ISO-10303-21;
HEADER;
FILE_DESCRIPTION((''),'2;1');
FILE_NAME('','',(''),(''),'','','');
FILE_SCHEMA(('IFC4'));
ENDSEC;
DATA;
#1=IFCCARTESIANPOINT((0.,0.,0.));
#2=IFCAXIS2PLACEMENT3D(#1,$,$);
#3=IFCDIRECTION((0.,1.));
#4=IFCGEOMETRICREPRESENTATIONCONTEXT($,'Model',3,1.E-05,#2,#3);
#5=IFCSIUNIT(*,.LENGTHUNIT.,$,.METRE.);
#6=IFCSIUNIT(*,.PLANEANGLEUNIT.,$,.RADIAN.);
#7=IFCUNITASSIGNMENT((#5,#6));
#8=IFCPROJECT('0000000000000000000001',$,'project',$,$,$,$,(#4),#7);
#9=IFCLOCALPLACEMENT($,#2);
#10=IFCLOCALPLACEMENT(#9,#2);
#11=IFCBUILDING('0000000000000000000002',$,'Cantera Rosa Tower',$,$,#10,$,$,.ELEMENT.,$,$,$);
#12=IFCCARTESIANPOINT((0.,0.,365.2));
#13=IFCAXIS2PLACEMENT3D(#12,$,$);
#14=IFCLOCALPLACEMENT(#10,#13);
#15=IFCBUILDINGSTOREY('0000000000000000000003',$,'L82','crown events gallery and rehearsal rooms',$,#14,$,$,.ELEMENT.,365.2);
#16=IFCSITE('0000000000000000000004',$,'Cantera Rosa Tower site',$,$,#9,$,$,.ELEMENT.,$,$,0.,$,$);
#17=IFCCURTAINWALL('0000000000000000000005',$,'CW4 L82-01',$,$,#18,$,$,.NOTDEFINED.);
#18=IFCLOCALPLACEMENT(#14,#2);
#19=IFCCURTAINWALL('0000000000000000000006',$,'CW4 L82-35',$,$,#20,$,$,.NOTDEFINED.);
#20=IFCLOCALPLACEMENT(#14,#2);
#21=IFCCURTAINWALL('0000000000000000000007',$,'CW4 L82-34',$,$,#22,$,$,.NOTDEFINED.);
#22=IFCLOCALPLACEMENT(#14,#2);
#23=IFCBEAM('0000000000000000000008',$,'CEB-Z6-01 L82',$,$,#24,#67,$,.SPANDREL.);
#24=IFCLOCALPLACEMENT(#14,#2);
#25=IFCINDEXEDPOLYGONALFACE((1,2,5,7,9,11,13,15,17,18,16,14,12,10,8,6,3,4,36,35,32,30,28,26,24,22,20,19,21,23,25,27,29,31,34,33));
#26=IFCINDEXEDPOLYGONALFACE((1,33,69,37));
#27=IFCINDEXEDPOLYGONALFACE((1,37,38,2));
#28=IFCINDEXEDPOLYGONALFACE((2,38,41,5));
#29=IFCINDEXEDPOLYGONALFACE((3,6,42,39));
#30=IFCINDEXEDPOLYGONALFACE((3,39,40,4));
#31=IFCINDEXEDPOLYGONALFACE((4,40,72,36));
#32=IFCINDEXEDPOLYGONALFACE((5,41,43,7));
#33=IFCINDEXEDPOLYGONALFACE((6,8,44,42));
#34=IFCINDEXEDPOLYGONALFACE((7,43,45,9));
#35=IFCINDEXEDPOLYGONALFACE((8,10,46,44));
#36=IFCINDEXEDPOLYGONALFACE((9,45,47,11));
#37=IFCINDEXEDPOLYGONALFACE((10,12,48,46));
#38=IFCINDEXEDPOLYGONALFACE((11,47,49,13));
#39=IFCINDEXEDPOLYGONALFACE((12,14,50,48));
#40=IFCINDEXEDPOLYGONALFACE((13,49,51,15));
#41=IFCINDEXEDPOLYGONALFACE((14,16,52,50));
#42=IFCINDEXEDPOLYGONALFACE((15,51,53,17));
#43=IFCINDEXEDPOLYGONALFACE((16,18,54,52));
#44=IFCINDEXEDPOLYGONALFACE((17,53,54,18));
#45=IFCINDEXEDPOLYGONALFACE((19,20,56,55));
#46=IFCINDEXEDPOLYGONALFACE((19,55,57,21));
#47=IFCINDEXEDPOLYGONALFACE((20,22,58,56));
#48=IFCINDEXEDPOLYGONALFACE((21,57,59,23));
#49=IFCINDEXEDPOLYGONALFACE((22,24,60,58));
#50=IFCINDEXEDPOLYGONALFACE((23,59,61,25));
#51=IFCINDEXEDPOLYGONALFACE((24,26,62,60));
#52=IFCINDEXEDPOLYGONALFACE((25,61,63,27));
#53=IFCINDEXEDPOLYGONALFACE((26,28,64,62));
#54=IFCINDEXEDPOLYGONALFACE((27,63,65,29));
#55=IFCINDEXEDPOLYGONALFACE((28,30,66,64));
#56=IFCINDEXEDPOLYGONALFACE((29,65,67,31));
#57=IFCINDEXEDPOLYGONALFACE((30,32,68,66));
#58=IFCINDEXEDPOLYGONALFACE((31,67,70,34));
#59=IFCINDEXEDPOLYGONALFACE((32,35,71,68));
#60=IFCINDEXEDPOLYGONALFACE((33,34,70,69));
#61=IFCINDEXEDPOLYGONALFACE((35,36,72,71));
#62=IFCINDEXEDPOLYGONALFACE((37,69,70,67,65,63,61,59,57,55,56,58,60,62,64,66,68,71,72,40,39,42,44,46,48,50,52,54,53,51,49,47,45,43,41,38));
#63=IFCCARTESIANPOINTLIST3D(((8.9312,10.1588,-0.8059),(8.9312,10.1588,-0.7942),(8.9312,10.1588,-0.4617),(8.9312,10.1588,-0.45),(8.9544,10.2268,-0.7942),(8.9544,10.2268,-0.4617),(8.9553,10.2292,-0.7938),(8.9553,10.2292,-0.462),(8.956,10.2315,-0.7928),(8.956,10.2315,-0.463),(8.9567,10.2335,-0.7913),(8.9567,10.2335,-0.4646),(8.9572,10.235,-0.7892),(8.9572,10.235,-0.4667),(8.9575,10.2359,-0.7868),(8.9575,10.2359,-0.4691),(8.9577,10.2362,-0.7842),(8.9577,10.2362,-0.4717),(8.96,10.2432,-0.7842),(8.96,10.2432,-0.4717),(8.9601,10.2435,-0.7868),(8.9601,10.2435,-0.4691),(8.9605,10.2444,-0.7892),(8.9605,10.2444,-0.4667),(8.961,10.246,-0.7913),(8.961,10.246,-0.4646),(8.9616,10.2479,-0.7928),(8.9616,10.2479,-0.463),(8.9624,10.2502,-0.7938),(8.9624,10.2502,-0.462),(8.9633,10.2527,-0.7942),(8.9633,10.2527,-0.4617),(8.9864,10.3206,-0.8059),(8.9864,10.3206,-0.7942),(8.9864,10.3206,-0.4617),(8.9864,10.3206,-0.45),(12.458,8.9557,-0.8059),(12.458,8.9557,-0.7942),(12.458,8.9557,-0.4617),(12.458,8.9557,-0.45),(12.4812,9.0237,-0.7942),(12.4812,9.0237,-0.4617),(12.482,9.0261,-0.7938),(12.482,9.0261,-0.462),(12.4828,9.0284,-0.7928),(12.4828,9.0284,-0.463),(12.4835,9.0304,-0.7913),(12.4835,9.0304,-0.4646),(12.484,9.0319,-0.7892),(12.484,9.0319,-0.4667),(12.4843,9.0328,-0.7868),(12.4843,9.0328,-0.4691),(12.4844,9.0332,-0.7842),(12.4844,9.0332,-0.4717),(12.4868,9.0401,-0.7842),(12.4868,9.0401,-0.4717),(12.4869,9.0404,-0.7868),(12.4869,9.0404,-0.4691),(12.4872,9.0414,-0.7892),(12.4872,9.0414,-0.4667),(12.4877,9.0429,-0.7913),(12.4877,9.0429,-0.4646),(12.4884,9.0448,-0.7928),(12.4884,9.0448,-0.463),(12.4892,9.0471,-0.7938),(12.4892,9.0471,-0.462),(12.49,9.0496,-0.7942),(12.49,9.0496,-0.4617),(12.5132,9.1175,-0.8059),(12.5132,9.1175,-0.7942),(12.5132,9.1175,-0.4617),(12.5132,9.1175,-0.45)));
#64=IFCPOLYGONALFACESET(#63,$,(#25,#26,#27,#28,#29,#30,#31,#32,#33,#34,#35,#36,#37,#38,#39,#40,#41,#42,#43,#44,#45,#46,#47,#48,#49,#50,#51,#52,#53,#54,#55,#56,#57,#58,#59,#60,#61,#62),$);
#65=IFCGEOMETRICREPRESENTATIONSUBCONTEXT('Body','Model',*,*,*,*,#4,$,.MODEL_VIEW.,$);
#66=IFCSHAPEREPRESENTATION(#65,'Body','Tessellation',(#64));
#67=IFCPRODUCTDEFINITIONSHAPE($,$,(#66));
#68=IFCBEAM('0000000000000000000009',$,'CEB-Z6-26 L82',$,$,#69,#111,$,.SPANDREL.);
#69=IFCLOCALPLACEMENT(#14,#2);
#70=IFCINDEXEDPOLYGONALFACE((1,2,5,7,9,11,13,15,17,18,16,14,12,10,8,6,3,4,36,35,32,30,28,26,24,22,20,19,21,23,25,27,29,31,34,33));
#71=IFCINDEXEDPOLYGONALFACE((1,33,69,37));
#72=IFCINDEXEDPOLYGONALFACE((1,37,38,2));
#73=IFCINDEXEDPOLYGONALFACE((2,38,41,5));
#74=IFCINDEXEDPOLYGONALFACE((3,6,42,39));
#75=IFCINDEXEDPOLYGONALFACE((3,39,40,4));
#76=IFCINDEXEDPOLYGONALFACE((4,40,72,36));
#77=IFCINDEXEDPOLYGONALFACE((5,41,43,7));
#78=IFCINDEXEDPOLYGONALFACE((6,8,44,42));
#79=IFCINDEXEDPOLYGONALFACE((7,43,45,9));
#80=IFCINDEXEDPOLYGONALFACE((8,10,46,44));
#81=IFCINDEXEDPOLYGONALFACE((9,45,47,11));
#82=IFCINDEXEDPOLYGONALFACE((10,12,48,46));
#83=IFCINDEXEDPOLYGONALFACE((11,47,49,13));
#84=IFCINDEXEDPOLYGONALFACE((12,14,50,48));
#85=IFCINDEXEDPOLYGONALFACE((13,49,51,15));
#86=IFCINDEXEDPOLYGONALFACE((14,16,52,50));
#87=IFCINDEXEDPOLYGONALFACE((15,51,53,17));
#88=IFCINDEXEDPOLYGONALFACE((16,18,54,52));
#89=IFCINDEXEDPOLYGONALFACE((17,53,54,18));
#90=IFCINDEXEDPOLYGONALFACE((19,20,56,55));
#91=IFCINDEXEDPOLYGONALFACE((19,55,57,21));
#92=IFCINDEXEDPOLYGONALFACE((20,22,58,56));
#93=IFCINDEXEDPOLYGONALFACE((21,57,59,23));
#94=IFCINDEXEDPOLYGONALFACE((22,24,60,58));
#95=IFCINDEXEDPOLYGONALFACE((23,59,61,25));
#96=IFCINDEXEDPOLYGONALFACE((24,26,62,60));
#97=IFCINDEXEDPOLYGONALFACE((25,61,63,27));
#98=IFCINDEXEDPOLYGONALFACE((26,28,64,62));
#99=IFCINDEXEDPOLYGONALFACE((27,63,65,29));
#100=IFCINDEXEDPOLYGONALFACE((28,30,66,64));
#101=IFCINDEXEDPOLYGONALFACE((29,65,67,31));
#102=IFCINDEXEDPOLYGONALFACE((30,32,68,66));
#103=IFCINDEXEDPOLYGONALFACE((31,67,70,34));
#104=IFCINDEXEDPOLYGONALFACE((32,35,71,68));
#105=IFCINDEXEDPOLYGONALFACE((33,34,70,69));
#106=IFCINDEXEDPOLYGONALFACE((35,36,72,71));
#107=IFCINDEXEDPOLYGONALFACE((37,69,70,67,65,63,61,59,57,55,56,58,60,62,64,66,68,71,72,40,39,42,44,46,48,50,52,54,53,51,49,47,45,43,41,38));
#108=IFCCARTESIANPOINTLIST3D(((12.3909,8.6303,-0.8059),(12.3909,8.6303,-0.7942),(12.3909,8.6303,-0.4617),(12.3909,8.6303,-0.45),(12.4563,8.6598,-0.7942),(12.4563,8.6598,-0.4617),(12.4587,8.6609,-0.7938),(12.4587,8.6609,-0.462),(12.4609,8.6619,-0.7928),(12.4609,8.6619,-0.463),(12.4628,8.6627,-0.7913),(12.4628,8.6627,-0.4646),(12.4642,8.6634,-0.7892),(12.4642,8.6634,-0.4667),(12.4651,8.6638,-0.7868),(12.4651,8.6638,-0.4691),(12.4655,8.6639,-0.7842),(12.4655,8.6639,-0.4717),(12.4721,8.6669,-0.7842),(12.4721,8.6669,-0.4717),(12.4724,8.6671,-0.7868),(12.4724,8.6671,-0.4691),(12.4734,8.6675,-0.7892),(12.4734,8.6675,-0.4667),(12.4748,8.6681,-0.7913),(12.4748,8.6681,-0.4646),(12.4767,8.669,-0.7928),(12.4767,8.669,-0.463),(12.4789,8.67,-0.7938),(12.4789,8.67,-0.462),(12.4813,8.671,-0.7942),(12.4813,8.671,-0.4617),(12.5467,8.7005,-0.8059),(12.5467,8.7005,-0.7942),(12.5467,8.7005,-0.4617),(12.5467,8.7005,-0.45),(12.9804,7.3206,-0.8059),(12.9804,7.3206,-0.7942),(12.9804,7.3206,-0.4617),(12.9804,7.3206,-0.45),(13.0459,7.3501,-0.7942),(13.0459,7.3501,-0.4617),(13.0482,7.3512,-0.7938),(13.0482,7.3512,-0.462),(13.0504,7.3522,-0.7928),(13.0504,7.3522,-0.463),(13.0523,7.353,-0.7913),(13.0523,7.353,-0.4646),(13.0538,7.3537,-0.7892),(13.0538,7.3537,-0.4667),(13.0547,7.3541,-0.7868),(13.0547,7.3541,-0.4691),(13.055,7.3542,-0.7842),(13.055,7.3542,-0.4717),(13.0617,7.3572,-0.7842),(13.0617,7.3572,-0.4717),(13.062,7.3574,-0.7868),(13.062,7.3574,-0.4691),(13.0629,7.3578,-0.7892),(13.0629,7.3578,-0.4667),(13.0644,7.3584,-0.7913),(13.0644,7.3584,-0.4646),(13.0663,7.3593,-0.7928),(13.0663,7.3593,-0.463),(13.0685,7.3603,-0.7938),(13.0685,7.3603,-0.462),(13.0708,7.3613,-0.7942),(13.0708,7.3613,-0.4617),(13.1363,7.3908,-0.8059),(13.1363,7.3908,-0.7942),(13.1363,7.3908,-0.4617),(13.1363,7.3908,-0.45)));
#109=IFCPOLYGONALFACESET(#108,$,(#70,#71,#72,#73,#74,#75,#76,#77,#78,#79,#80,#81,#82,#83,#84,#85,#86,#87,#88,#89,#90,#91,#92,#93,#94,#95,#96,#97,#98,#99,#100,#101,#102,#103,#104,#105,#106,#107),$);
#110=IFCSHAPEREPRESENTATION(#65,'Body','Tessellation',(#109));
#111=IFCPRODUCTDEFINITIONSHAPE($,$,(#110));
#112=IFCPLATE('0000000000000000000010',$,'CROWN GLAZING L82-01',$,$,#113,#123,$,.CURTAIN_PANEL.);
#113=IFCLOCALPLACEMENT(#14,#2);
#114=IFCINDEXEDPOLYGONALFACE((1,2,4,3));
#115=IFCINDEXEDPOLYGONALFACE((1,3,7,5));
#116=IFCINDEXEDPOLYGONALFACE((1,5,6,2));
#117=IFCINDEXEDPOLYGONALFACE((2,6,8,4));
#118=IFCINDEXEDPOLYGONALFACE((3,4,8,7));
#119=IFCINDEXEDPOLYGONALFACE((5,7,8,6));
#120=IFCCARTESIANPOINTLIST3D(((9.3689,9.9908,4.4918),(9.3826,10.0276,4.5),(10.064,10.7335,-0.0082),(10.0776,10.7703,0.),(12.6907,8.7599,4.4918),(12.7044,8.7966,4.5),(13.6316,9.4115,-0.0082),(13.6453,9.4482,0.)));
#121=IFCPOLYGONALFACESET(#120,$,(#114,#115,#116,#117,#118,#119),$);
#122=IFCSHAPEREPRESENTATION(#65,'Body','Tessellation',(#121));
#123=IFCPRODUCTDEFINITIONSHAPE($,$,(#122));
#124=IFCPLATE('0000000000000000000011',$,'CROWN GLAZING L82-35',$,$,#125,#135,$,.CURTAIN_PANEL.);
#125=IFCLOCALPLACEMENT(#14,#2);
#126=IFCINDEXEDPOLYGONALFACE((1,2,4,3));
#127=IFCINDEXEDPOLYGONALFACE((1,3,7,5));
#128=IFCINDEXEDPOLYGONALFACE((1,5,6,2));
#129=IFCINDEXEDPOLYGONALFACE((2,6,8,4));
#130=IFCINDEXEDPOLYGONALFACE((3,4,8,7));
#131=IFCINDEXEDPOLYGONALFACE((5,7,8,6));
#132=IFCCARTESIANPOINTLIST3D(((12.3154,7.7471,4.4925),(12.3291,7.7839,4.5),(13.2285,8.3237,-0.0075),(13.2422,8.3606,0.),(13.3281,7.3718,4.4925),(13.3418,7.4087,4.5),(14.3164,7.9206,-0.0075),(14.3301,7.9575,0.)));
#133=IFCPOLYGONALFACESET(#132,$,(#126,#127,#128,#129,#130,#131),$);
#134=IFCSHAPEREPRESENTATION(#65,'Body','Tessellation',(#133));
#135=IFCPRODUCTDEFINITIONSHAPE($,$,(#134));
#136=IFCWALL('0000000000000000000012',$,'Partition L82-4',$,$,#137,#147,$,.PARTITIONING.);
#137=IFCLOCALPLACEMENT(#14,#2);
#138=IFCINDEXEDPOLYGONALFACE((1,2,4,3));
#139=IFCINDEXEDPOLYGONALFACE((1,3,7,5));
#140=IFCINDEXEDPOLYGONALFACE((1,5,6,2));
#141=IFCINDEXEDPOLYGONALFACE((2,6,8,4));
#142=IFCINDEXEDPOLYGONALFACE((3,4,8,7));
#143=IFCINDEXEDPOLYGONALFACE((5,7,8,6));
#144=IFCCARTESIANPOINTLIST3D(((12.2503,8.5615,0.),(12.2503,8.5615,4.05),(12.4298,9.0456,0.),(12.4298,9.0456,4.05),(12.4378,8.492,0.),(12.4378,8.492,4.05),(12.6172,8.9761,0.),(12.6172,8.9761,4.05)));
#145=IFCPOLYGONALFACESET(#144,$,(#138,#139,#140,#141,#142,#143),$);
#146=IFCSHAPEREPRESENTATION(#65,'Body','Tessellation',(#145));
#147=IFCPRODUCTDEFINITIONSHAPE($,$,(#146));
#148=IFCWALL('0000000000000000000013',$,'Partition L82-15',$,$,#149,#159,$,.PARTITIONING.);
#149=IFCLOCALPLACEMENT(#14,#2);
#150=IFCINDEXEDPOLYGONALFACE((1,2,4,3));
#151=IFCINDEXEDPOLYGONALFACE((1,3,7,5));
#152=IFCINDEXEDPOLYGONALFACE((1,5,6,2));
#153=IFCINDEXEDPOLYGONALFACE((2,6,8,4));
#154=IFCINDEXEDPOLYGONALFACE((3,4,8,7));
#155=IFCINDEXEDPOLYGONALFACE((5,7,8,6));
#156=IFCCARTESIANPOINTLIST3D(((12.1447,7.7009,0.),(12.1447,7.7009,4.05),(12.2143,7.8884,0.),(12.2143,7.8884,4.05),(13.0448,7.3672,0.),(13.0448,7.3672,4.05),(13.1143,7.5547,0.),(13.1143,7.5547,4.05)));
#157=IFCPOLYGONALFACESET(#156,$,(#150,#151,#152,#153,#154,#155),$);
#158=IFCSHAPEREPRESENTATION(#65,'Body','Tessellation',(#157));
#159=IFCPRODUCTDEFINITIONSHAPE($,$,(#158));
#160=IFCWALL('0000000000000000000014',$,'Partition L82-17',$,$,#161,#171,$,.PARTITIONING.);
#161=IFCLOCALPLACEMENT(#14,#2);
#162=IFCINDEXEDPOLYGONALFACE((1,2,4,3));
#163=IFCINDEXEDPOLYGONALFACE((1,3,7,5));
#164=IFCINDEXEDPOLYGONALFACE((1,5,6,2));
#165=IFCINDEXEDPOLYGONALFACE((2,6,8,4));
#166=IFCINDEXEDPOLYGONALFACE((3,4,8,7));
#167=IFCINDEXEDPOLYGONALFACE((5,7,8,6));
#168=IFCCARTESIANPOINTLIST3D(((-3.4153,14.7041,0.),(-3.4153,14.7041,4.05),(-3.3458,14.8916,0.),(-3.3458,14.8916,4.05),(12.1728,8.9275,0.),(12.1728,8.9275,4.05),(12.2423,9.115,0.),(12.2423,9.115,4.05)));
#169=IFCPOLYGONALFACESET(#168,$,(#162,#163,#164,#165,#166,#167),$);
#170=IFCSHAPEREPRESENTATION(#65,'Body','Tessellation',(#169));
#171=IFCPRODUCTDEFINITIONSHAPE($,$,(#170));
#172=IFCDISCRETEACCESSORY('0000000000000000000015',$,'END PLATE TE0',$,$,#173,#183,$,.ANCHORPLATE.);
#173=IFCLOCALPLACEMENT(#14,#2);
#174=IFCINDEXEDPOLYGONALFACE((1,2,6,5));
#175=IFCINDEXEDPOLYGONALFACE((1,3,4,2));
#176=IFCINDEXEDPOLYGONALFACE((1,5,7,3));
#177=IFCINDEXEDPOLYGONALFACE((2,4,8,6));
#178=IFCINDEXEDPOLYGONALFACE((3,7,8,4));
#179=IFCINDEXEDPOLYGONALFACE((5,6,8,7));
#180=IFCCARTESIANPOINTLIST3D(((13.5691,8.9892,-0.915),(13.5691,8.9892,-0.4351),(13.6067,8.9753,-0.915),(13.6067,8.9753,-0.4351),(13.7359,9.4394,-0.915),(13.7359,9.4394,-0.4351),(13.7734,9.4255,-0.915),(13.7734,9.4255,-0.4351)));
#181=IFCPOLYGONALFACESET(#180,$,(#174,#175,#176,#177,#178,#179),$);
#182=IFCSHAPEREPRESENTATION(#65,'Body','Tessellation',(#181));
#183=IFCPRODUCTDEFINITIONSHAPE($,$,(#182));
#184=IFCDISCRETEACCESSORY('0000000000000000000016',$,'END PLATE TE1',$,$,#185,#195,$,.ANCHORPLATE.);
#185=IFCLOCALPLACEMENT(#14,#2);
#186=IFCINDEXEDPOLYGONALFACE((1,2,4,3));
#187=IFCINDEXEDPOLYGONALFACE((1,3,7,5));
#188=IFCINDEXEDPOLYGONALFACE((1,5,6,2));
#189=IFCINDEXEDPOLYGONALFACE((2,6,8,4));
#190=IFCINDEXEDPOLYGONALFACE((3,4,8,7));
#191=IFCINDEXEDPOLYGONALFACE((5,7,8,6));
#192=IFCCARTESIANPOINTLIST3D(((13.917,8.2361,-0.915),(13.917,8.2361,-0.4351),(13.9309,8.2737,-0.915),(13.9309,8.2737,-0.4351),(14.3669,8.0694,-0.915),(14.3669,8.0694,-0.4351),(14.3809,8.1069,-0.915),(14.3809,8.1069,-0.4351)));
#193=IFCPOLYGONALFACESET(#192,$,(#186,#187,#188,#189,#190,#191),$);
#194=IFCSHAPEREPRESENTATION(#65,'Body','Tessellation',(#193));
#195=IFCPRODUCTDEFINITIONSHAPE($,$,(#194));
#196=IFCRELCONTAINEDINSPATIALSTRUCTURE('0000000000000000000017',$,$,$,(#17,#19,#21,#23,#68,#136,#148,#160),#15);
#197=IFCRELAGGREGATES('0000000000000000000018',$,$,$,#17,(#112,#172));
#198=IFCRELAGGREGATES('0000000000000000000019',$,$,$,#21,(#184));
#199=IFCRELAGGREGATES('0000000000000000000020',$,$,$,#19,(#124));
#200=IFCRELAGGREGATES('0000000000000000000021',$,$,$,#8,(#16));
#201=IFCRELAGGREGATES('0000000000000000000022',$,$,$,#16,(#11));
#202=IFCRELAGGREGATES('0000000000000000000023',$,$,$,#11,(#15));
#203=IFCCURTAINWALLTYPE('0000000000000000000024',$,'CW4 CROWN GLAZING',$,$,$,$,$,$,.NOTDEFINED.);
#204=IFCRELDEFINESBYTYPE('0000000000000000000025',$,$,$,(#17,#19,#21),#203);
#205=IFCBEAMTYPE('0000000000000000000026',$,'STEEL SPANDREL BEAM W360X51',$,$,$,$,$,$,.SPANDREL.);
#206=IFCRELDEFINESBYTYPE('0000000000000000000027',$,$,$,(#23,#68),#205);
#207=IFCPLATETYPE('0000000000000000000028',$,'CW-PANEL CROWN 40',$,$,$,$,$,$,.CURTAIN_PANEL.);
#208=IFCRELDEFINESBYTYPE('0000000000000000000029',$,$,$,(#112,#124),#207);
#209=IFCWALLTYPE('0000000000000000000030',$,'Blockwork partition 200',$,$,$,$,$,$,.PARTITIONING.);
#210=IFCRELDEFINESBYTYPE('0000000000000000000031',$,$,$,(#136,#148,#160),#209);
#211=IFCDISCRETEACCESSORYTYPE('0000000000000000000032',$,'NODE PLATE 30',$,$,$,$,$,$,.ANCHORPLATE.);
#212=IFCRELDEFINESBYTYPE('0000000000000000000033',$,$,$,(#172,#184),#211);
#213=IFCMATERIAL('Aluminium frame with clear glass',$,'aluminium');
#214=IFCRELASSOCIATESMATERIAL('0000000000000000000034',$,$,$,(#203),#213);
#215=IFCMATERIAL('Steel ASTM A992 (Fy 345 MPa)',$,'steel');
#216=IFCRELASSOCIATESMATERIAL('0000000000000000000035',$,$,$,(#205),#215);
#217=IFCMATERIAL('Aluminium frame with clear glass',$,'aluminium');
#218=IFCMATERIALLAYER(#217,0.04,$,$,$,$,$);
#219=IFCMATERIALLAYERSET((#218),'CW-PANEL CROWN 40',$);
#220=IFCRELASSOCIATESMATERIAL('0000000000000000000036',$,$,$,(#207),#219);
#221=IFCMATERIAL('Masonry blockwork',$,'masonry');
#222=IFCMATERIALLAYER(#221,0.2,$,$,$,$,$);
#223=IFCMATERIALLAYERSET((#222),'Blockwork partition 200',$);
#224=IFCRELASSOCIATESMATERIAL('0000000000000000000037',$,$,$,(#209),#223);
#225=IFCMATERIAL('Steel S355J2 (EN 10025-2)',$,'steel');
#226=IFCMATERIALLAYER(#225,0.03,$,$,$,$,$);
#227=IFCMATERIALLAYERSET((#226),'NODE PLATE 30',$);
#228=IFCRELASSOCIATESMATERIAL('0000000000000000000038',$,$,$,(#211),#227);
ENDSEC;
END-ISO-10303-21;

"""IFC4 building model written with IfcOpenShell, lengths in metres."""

from ifc_helpers import new_model, si_unit, direction, frame, frame_2d, origin, origin_2d, place, context, subcontext, project, spatial, polyline, rectangle, i_section, outline, extrude, material, layer, layer_set, material_profile, profile_set, type_object, element, aggregate, save


model = new_model("IFC4")

# Units and contexts
model_context = context("Model", 3, precision=1e-05, world=origin(), true_north=direction((0.0, 1.0)))
body_context = subcontext(model_context, "Body", "Model", "MODEL_VIEW")
ifc_project = project(units=[si_unit("LENGTHUNIT", "METRE"), si_unit("PLANEANGLEUNIT", "RADIAN")], contexts=[model_context])

# Site, building, storey
site_placement = place(None, origin())
site = spatial("IfcSite", under=ifc_project, at=site_placement, Name="Cantera Rosa Tower site", CompositionType="ELEMENT", RefElevation=0.0)
building_placement = place(site_placement, origin())
building = spatial("IfcBuilding", under=site, at=building_placement, Name="Cantera Rosa Tower", CompositionType="ELEMENT")
storey_placement = place(building_placement, frame((0.0, 0.0, 365.2)))
storey = spatial("IfcBuildingStorey", under=building, at=storey_placement, Name="L82", Description="crown events gallery and rehearsal rooms", CompositionType="ELEMENT", Elevation=365.2)

# Curtain walls
ifc_material_1 = material(Name="Aluminium frame with clear glass", Category="aluminium")
curtain_wall_type = type_object("IfcCurtainWallType", Name="CW4 CROWN GLAZING", PredefinedType="NOTDEFINED", material=ifc_material_1)
curtain_wall_1_placement = place(storey_placement, origin())
curtain_wall_1 = element("IfcCurtainWall", 1, at=curtain_wall_1_placement, inside=storey, type_object=curtain_wall_type, Name="CW4 L82-01", PredefinedType="NOTDEFINED")
curtain_wall_2_placement = place(storey_placement, origin())
curtain_wall_2 = element("IfcCurtainWall", 2, at=curtain_wall_2_placement, inside=storey, type_object=curtain_wall_type, Name="CW4 L82-35", PredefinedType="NOTDEFINED")

# Curtain wall
curtain_wall_3_placement = place(storey_placement, origin())
curtain_wall_3 = element("IfcCurtainWall", 3, at=curtain_wall_3_placement, inside=storey, type_object=curtain_wall_type, Name="CW4 L82-34", PredefinedType="NOTDEFINED")

# Beams
ifc_material_2 = material(Name="Steel ASTM A992 (Fy 345 MPa)", Category="steel")
ifc_material_profile_1 = material_profile(ifc_material_2, i_section(OverallWidth=0.1709, OverallDepth=0.356, WebThickness=0.0073, FlangeThickness=0.0117, FilletRadius=0.01, at=origin_2d()), Name="W360X51")
ifc_profile_set_1 = profile_set([ifc_material_profile_1], Name="Steel ASTM A992 (Fy 345 MPa)")
beam_type_1 = type_object("IfcBeamType", Name="STEEL SPANDREL BEAM W360X51", PredefinedType="SPANDREL", material=ifc_profile_set_1)
beam_1_placement = place(storey_placement, frame((12.4856, 9.0366, -0.6279), z_axis=(-0.946446, 0.322863, 0.0), x_axis=(-0.322863, -0.946446, 0.0)))
element("IfcBeam", 4, at=beam_1_placement, inside=storey, type_object=beam_type_1, Name="CEB-Z6-01 L82", PredefinedType="SPANDREL", context=body_context, shape_type="SweptSolid", body=[
    extrude(i_section(OverallWidth=0.1709, OverallDepth=0.356, WebThickness=0.0073, FlangeThickness=0.0117, FilletRadius=0.01, at=origin_2d()), origin(), (0.0, 0.0, 1.0), 3.7263),
])
beam_2_placement = place(storey_placement, frame((13.0583, 7.3557, -0.6279), z_axis=(-0.410471, 0.911874, 0.0), x_axis=(-0.911874, -0.410471, 0.0)))
element("IfcBeam", 5, at=beam_2_placement, inside=storey, type_object=beam_type_1, Name="CEB-Z6-26 L82", PredefinedType="SPANDREL", context=body_context, shape_type="SweptSolid", body=[
    extrude(i_section(OverallWidth=0.1709, OverallDepth=0.356, WebThickness=0.0073, FlangeThickness=0.0117, FilletRadius=0.01, at=origin_2d()), origin(), (0.0, 0.0, 1.0), 1.4363),
])

# Plates
ifc_material_3 = material(Name="Aluminium frame with clear glass", Category="aluminium")
ifc_layer_1 = layer(ifc_material_3, 0.04)
ifc_layer_set_1 = layer_set([ifc_layer_1], Name="CW-PANEL CROWN 40")
plate_type = type_object("IfcPlateType", Name="CW-PANEL CROWN 40", PredefinedType="CURTAIN_PANEL", material=ifc_layer_set_1)
plate_1_placement = place(storey_placement, frame((13.6453, 9.4482, 0.0), z_axis=(0.340165, 0.917961, 0.204045), x_axis=(-0.937689, 0.347475, 0.000001)))
plate_1 = element("IfcPlate", 6, at=plate_1_placement, type_object=plate_type, Name="CROWN GLAZING L82-01", PredefinedType="CURTAIN_PANEL", context=body_context, shape_type="SweptSolid", body=[
    extrude(outline(polyline([(0.0, 0.0), (3.8047, 0.0), (4.1984, 4.5967), (0.6559, 4.5967), (0.0, 0.0)])), origin(), (0.0, 0.0, -1.0), 0.04),
])
plate_2_placement = place(storey_placement, frame((14.3301, 7.9575, 0.0), z_axis=(0.341294, 0.921108, 0.187291), x_axis=(-0.937702, 0.347442, 0.000002)))
plate_2 = element("IfcPlate", 7, at=plate_2_placement, type_object=plate_type, Name="CROWN GLAZING L82-35", PredefinedType="CURTAIN_PANEL", context=body_context, shape_type="SweptSolid", body=[
    extrude(outline(polyline([(0.0, 0.0), (1.1602, 0.0), (1.816, 4.5811), (0.736, 4.5811), (0.0, 0.0)])), origin(), (0.0, 0.0, -1.0), 0.04),
])

# Walls
ifc_material_4 = material(Name="Masonry blockwork", Category="masonry")
ifc_layer_2 = layer(ifc_material_4, 0.2)
ifc_layer_set_2 = layer_set([ifc_layer_2], Name="Blockwork partition 200")
wall_type = type_object("IfcWallType", Name="Blockwork partition 200", PredefinedType="PARTITIONING", material=ifc_layer_set_2)
wall_1_placement = place(storey_placement, frame((12.344, 8.5266, 0.0), z_axis=(0.0, 0.0, 1.0), x_axis=(0.347545, 0.937663, 0.0)))
element("IfcWall", 8, at=wall_1_placement, inside=storey, type_object=wall_type, Name="Partition L82-4", PredefinedType="PARTITIONING", context=body_context, shape_type="SweptSolid", body=[
    extrude(rectangle(XDim=0.5164, YDim=0.2, at=frame_2d((0.2583, 0.0))), origin(), (0.0, 0.0, 1.0), 4.05),
])
wall_2_placement = place(storey_placement, frame((13.0796, 7.4609, 0.0), z_axis=(0.0, 0.0, 1.0), x_axis=(-0.937629, 0.347637, 0.0)))
element("IfcWall", 9, at=wall_2_placement, inside=storey, type_object=wall_type, Name="Partition L82-15", PredefinedType="PARTITIONING", context=body_context, shape_type="SweptSolid", body=[
    extrude(rectangle(XDim=0.96, YDim=0.2, at=frame_2d((0.48, 0.0))), origin(), (0.0, 0.0, 1.0), 4.05),
])
wall_3_placement = place(storey_placement, frame((12.2075, 9.0212, 0.0), z_axis=(0.0, 0.0, 1.0), x_axis=(-0.937686, 0.347485, 0.0)))
element("IfcWall", 10, at=wall_3_placement, inside=storey, type_object=wall_type, Name="Partition L82-17", PredefinedType="PARTITIONING", context=body_context, shape_type="SweptSolid", body=[
    extrude(rectangle(XDim=16.624, YDim=0.2, at=frame_2d((8.312, 0.0))), origin(), (0.0, 0.0, 1.0), 4.05),
])

# Discrete accessories
ifc_material_5 = material(Name="Steel S355J2 (EN 10025-2)", Category="steel")
ifc_layer_3 = layer(ifc_material_5, 0.03)
ifc_layer_set_3 = layer_set([ifc_layer_3], Name="NODE PLATE 30")
discrete_accessory_type = type_object("IfcDiscreteAccessoryType", Name="NODE PLATE 30", PredefinedType="ANCHORPLATE", material=ifc_layer_set_3)
discrete_accessory_1_placement = place(storey_placement, frame((13.7734, 9.4255, -0.4351), z_axis=(0.937743, -0.347331, 0.0), x_axis=(-0.347331, -0.937743, 0.0)))
discrete_accessory_1 = element("IfcDiscreteAccessory", 11, at=discrete_accessory_1_placement, type_object=discrete_accessory_type, Name="END PLATE TE0", PredefinedType="ANCHORPLATE", context=body_context, shape_type="SweptSolid", body=[
    extrude(outline(polyline([(0.0, 0.0), (0.4801, 0.0), (0.4801, 0.48), (0.0, 0.48), (0.0, 0.0)])), origin(), (0.0, 0.0, -1.0), 0.04),
])
aggregate(curtain_wall_1, [plate_1, discrete_accessory_1])
discrete_accessory_2_placement = place(storey_placement, frame((13.9309, 8.2737, -0.4351), z_axis=(0.347497, 0.937681, 0.0), x_axis=(0.937681, -0.347497, 0.0)))
discrete_accessory_2 = element("IfcDiscreteAccessory", 12, at=discrete_accessory_2_placement, type_object=discrete_accessory_type, Name="END PLATE TE1", PredefinedType="ANCHORPLATE", context=body_context, shape_type="SweptSolid", body=[
    extrude(outline(polyline([(0.0, 0.0), (0.4799, 0.0), (0.4799, 0.48), (0.0, 0.48), (0.0, 0.0)])), origin(), (0.0, 0.0, -1.0), 0.04),
])
aggregate(curtain_wall_3, [discrete_accessory_2])
aggregate(curtain_wall_2, [plate_2])

save(model, "model.ifc")
